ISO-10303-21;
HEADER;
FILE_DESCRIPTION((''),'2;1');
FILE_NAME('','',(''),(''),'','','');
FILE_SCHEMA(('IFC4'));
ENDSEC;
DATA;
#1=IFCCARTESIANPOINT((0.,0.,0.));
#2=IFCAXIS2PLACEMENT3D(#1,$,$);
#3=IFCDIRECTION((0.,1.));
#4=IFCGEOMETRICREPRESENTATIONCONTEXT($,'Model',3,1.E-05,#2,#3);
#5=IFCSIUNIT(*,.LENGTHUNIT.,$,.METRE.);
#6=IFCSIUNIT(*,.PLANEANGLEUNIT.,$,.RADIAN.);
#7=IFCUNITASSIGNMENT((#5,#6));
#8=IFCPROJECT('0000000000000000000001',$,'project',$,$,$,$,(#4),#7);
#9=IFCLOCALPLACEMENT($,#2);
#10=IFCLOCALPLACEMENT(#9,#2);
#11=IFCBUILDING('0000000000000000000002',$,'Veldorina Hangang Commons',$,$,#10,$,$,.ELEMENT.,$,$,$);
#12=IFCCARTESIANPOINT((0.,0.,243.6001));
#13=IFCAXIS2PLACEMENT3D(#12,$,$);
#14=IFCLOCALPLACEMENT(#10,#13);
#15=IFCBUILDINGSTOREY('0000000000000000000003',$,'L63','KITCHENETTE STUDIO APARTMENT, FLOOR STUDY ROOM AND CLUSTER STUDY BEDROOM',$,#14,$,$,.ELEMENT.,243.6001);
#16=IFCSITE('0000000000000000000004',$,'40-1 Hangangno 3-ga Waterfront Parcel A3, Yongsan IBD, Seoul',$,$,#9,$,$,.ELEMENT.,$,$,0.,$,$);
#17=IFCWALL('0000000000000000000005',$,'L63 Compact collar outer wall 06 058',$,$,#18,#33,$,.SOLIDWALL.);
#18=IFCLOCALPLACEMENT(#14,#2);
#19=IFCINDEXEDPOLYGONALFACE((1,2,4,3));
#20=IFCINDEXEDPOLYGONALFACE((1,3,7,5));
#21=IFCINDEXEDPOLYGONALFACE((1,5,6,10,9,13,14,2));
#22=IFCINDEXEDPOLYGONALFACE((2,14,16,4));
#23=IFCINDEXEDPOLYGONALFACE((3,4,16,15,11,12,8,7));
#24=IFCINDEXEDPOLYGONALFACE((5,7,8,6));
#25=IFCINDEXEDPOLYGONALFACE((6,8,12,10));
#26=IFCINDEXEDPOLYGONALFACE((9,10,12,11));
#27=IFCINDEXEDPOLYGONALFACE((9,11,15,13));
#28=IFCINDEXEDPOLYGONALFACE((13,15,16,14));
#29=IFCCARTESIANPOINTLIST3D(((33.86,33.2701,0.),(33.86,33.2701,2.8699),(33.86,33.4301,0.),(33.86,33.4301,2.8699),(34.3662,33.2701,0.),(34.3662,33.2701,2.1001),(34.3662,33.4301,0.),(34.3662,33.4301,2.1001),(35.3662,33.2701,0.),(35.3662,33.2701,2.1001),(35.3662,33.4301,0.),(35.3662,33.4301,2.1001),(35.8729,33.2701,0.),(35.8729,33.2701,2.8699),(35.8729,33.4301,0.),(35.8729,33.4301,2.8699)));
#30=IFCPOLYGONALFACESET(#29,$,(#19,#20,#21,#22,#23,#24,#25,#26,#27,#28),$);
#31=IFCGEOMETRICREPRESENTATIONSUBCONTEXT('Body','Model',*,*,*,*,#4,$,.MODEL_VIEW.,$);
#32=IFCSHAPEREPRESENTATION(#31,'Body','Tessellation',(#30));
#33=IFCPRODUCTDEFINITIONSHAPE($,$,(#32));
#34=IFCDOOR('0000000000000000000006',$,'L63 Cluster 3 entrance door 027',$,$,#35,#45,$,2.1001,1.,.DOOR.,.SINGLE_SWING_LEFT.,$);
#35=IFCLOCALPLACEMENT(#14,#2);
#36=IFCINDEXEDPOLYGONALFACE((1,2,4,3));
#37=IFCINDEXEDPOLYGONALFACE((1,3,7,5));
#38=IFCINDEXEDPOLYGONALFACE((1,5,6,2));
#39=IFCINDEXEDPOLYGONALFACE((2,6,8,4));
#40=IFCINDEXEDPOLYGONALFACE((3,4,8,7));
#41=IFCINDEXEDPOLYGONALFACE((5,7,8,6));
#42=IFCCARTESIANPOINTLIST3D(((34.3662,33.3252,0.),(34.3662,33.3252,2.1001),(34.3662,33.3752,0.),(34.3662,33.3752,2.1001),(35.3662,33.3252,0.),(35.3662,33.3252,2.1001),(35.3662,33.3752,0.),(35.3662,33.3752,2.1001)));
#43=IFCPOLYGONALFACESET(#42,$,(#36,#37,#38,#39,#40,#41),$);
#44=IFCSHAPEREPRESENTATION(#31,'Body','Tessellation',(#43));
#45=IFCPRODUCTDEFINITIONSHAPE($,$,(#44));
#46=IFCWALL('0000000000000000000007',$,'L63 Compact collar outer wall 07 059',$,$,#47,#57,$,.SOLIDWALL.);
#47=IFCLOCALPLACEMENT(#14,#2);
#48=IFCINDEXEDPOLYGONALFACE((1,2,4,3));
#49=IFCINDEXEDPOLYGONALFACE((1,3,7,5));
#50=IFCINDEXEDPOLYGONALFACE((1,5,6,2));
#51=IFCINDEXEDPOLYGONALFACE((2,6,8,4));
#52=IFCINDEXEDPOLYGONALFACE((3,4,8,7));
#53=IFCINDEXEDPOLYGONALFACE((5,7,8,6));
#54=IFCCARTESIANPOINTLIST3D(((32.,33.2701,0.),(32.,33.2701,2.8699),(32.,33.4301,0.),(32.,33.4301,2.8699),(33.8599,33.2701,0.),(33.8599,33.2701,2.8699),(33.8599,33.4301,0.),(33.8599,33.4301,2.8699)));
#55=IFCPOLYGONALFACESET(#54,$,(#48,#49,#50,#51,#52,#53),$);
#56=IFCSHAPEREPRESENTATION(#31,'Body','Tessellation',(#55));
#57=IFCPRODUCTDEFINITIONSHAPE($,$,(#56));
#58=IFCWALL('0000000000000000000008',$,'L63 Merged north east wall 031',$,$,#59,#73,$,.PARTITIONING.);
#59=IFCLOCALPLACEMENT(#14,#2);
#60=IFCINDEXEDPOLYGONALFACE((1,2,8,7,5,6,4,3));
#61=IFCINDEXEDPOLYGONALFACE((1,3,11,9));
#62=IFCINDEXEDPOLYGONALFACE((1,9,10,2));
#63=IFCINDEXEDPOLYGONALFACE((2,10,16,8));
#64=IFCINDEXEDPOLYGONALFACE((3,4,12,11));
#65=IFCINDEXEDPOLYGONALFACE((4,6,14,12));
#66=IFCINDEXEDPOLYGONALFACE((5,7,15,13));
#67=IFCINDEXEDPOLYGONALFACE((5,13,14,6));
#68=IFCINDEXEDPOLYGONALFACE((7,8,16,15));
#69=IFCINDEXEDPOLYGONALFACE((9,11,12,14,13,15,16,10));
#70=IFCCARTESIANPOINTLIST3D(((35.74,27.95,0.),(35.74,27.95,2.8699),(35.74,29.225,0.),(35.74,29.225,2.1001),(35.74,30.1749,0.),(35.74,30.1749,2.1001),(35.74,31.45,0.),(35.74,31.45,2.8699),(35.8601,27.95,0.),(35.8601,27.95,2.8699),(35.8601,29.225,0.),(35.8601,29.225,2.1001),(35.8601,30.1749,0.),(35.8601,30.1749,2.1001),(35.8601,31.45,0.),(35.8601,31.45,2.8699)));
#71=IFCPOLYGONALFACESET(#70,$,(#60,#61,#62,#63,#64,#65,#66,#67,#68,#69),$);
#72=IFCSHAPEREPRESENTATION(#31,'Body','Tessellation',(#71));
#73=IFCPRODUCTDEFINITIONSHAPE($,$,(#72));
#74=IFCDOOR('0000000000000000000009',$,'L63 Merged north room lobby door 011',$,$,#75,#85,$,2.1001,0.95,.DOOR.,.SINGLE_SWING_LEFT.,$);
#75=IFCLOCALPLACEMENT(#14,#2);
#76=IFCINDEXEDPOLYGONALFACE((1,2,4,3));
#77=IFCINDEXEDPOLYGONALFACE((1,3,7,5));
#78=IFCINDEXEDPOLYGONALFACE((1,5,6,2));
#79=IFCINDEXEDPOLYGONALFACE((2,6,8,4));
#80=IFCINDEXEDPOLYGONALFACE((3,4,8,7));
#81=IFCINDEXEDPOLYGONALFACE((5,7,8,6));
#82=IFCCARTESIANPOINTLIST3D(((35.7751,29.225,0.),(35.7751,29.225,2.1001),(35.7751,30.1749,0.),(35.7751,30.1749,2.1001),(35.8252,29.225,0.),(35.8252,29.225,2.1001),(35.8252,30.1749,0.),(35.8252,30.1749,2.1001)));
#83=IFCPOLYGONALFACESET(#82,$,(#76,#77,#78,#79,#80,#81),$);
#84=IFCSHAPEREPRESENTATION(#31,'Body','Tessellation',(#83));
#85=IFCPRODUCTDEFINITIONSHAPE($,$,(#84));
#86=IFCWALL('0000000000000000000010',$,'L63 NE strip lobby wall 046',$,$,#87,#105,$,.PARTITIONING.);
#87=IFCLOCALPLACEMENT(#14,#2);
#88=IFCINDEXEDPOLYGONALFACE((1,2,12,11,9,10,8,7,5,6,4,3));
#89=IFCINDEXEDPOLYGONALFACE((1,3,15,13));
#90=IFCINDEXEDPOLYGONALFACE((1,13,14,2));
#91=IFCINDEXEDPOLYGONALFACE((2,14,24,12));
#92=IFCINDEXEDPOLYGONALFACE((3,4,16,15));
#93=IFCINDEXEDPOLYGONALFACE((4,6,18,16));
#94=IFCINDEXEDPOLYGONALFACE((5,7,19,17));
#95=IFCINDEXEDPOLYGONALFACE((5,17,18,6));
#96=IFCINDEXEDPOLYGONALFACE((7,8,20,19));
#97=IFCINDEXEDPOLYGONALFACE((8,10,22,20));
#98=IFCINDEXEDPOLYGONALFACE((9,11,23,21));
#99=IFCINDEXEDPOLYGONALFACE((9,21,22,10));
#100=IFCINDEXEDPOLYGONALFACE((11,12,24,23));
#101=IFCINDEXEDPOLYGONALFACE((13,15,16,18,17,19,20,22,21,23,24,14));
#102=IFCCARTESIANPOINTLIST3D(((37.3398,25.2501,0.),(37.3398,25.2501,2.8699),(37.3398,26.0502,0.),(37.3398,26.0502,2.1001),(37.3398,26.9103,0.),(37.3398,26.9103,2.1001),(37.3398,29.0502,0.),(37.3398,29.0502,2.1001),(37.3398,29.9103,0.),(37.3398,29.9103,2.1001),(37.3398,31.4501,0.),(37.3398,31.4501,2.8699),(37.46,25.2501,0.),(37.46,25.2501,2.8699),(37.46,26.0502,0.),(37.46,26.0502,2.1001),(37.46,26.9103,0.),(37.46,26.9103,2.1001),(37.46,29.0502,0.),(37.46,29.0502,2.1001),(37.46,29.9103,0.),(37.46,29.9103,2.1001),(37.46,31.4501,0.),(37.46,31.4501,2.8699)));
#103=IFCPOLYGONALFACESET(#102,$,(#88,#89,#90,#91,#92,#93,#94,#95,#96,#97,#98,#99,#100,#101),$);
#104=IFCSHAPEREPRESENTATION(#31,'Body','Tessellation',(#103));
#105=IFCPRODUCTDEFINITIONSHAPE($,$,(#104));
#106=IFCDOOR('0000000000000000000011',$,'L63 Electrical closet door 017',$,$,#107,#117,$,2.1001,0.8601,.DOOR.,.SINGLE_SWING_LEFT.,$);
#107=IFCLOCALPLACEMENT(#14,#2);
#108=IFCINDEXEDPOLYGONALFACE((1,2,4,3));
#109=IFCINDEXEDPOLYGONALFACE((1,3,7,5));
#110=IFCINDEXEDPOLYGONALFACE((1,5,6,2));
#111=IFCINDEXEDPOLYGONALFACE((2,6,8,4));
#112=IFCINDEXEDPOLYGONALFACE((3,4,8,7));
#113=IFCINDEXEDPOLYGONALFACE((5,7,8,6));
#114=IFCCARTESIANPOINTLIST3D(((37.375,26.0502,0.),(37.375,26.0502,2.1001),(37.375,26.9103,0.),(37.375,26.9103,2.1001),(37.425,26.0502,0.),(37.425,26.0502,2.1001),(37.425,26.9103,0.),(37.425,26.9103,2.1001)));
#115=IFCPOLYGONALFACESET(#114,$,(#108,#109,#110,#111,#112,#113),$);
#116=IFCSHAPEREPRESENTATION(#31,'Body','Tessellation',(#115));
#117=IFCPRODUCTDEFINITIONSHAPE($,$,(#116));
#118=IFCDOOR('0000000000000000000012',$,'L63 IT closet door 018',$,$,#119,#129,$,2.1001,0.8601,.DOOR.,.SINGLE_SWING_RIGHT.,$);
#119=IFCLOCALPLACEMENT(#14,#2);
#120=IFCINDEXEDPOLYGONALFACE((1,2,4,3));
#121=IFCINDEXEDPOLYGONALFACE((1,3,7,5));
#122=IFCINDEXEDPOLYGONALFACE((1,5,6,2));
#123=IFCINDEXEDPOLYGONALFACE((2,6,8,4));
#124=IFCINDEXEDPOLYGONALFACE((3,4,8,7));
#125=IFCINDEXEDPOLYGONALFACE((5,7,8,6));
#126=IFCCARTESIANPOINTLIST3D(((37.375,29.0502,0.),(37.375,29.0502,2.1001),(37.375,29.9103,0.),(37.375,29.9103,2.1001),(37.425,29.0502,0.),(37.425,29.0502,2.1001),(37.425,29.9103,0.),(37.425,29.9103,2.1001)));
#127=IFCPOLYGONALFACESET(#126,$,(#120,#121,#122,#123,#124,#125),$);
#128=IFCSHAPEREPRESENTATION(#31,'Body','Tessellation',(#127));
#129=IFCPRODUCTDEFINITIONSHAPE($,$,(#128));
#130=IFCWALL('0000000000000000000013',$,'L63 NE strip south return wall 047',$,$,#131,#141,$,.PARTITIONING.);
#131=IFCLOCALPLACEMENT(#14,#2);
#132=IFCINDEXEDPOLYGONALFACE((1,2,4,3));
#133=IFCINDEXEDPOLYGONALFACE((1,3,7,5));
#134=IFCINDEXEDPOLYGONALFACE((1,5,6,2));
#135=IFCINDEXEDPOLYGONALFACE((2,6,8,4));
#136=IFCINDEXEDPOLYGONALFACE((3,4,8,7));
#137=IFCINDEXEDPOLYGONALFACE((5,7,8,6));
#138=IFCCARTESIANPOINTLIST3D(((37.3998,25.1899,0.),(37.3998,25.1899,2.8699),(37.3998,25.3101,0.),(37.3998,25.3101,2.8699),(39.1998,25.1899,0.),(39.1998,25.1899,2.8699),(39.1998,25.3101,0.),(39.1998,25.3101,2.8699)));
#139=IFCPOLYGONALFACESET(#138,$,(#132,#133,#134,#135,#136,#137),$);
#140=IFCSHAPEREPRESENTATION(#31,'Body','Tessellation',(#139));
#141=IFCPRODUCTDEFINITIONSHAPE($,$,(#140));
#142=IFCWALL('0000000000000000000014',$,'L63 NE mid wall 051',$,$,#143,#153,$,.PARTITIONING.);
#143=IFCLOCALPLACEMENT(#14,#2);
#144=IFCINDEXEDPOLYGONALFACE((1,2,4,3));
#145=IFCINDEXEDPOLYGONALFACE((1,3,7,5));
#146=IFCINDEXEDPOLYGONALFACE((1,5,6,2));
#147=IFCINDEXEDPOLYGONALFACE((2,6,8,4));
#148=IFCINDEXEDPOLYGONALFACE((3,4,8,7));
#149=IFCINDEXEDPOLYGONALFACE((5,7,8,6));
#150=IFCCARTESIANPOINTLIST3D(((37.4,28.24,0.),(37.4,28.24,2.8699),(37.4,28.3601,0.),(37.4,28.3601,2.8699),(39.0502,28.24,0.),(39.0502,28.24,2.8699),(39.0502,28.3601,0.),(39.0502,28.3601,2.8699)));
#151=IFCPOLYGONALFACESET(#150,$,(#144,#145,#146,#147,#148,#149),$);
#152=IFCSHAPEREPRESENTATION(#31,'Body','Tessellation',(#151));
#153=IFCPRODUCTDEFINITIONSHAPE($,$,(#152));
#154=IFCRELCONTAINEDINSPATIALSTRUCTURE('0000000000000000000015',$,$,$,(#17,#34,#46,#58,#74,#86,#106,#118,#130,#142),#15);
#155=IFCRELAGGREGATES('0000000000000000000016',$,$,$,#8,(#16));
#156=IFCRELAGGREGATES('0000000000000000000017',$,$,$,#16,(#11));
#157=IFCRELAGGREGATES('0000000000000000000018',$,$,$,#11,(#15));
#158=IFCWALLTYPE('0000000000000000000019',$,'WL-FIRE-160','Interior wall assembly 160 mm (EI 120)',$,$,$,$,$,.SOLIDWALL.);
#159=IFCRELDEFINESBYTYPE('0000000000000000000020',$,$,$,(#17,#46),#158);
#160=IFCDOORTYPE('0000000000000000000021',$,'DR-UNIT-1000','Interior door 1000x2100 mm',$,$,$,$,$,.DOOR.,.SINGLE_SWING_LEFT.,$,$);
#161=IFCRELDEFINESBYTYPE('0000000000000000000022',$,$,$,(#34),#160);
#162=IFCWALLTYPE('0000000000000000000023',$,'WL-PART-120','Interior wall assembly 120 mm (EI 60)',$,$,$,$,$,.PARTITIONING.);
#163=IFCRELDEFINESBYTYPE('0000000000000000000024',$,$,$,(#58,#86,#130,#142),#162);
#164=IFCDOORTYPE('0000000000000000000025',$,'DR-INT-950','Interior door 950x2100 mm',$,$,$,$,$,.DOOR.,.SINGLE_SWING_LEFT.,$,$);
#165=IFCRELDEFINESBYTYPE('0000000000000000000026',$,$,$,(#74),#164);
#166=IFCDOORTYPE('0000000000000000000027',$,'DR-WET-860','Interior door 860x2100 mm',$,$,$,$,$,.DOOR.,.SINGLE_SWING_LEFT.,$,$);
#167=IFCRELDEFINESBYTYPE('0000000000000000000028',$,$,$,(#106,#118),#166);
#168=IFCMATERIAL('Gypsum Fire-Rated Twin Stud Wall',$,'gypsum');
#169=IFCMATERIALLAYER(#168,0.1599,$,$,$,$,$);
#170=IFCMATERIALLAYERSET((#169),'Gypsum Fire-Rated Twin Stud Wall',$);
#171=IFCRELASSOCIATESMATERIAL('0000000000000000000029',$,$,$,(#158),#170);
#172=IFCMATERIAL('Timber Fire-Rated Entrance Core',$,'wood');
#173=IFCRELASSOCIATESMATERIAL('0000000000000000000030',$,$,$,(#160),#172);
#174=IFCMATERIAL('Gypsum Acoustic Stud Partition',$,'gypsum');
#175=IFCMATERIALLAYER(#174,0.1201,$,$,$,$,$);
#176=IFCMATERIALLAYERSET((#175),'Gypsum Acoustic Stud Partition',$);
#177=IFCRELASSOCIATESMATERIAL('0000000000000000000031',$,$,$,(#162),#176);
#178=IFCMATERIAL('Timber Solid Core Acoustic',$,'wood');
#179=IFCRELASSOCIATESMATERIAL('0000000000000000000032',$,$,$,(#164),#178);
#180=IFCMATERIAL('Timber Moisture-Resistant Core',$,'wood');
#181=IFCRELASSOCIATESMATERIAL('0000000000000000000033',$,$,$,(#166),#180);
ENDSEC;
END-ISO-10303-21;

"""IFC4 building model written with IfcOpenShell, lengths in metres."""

from ifc_helpers import new_model, si_unit, direction, frame, frame_2d, origin, place, context, subcontext, project, spatial, rectangle, extrude, material, layer, layer_set, type_object, element, fill, save


model = new_model("IFC4")

# Units and contexts
model_context = context("Model", 3, precision=1e-05, world=origin(), true_north=direction((0.0, 1.0)))
body_context = subcontext(model_context, "Body", "Model", "MODEL_VIEW")
ifc_project = project(units=[si_unit("LENGTHUNIT", "METRE"), si_unit("PLANEANGLEUNIT", "RADIAN")], contexts=[model_context])

# Site, building, storey
site_placement = place(None, origin())
site = spatial("IfcSite", under=ifc_project, at=site_placement, Name="40-1 Hangangno 3-ga Waterfront Parcel A3, Yongsan IBD, Seoul", CompositionType="ELEMENT", RefElevation=0.0)
building_placement = place(site_placement, origin())
building = spatial("IfcBuilding", under=site, at=building_placement, Name="Veldorina Hangang Commons", CompositionType="ELEMENT")
storey_placement = place(building_placement, frame((0.0, 0.0, 243.6001)))
storey = spatial("IfcBuildingStorey", under=building, at=storey_placement, Name="L63", Description="KITCHENETTE STUDIO APARTMENT, FLOOR STUDY ROOM AND CLUSTER STUDY BEDROOM", CompositionType="ELEMENT", Elevation=243.6001)

# Shared definitions
ifc_material_1 = material(Name="Gypsum Fire-Rated Twin Stud Wall", Category="gypsum")
ifc_layer_1 = layer(ifc_material_1, 0.1599)
ifc_layer_set_1 = layer_set([ifc_layer_1], Name="Gypsum Fire-Rated Twin Stud Wall")
wall_type_1 = type_object("IfcWallType", Name="WL-FIRE-160", Description="Interior wall assembly 160 mm (EI 120)", PredefinedType="SOLIDWALL", material=ifc_layer_set_1)

# Wall, opening, door
wall_1_placement = place(storey_placement, frame((35.8728, 33.3501, 0.0), z_axis=(0.0, 0.0, 1.0), x_axis=(-1.0, 0.0, 0.0)))
wall_1 = element("IfcWall", 1, at=wall_1_placement, inside=storey, type_object=wall_type_1, Name="L63 Compact collar outer wall 06 058", PredefinedType="SOLIDWALL", context=body_context, shape_type="SweptSolid", body=[
    extrude(rectangle(XDim=2.0129, YDim=0.1599, at=frame_2d((1.0063, 0.0))), origin(), (0.0, 0.0, 1.0), 2.8699),
])
opening_1_placement = place(wall_1_placement, frame((0.5066, 0.0, 0.0)))
opening_1 = element("IfcOpeningElement", 2, at=opening_1_placement, cuts=wall_1, PredefinedType="OPENING", context=body_context, shape_type="SweptSolid", body=[
    extrude(rectangle(XDim=1.0, YDim=2.1001, at=frame_2d((0.5, 1.05))), frame((0.0, 0.0898, 0.0), z_axis=(0.0, -1.0, 0.0), x_axis=(1.0, 0.0, 0.0)), (0.0, 0.0, 1.0), 0.1799),
])
ifc_material_2 = material(Name="Timber Fire-Rated Entrance Core", Category="wood")
door_type_1 = type_object("IfcDoorType", Name="DR-UNIT-1000", Description="Interior door 1000x2100 mm", OperationType="SINGLE_SWING_LEFT", PredefinedType="DOOR", material=ifc_material_2)
door_1_placement = place(opening_1_placement, origin())
door_1 = element("IfcDoor", 3, at=door_1_placement, inside=storey, type_object=door_type_1, Name="L63 Cluster 3 entrance door 027", OperationType="SINGLE_SWING_LEFT", OverallHeight=2.1001, OverallWidth=1.0, PredefinedType="DOOR", context=body_context, shape_type="SweptSolid", body=[
    extrude(rectangle(XDim=1.0, YDim=2.1001, at=frame_2d((0.5, 1.05))), frame((0.0, 0.0249, 0.0), z_axis=(0.0, -1.0, 0.0), x_axis=(1.0, 0.0, 0.0)), (0.0, 0.0, 1.0), 0.05),
])
fill(opening_1, door_1)

# Wall
wall_2_placement = place(storey_placement, frame((33.8599, 33.3501, 0.0), z_axis=(0.0, 0.0, 1.0), x_axis=(-1.0, 0.0, 0.0)))
element("IfcWall", 4, at=wall_2_placement, inside=storey, type_object=wall_type_1, Name="L63 Compact collar outer wall 07 059", PredefinedType="SOLIDWALL", context=body_context, shape_type="SweptSolid", body=[
    extrude(rectangle(XDim=1.8599, YDim=0.1599, at=frame_2d((0.9299, 0.0))), origin(), (0.0, 0.0, 1.0), 2.8699),
])

# Wall, opening, door
ifc_material_3 = material(Name="Gypsum Acoustic Stud Partition", Category="gypsum")
ifc_layer_2 = layer(ifc_material_3, 0.1201)
ifc_layer_set_2 = layer_set([ifc_layer_2], Name="Gypsum Acoustic Stud Partition")
wall_type_2 = type_object("IfcWallType", Name="WL-PART-120", Description="Interior wall assembly 120 mm (EI 60)", PredefinedType="PARTITIONING", material=ifc_layer_set_2)
wall_3_placement = place(storey_placement, frame((35.8, 27.95, 0.0), z_axis=(0.0, 0.0, 1.0), x_axis=(0.0, 1.0, 0.0)))
wall_3 = element("IfcWall", 5, at=wall_3_placement, inside=storey, type_object=wall_type_2, Name="L63 Merged north east wall 031", PredefinedType="PARTITIONING", context=body_context, shape_type="SweptSolid", body=[
    extrude(rectangle(XDim=3.5, YDim=0.1201, at=frame_2d((1.75, 0.0))), origin(), (0.0, 0.0, 1.0), 2.8699),
])
opening_2_placement = place(wall_3_placement, frame((1.2749, 0.0, 0.0)))
opening_2 = element("IfcOpeningElement", 6, at=opening_2_placement, cuts=wall_3, PredefinedType="OPENING", context=body_context, shape_type="SweptSolid", body=[
    extrude(rectangle(XDim=0.95, YDim=2.1001, at=frame_2d((0.4751, 1.05))), frame((0.0, 0.0701, 0.0), z_axis=(0.0, -1.0, 0.0), x_axis=(1.0, 0.0, 0.0)), (0.0, 0.0, 1.0), 0.1401),
])
ifc_material_4 = material(Name="Timber Solid Core Acoustic", Category="wood")
door_type_2 = type_object("IfcDoorType", Name="DR-INT-950", Description="Interior door 950x2100 mm", OperationType="SINGLE_SWING_LEFT", PredefinedType="DOOR", material=ifc_material_4)
door_2_placement = place(opening_2_placement, origin())
door_2 = element("IfcDoor", 7, at=door_2_placement, inside=storey, type_object=door_type_2, Name="L63 Merged north room lobby door 011", OperationType="SINGLE_SWING_LEFT", OverallHeight=2.1001, OverallWidth=0.95, PredefinedType="DOOR", context=body_context, shape_type="SweptSolid", body=[
    extrude(rectangle(XDim=0.95, YDim=2.1001, at=frame_2d((0.4751, 1.05))), frame((0.0, 0.0249, 0.0), z_axis=(0.0, -1.0, 0.0), x_axis=(1.0, 0.0, 0.0)), (0.0, 0.0, 1.0), 0.05),
])
fill(opening_2, door_2)

# Wall, openings, doors
wall_4_placement = place(storey_placement, frame((37.3999, 25.25, 0.0), z_axis=(0.0, 0.0, 1.0), x_axis=(0.0, 1.0, 0.0)))
wall_4 = element("IfcWall", 8, at=wall_4_placement, inside=storey, type_object=wall_type_2, Name="L63 NE strip lobby wall 046", PredefinedType="PARTITIONING", context=body_context, shape_type="SweptSolid", body=[
    extrude(rectangle(XDim=6.2, YDim=0.1201, at=frame_2d((3.1001, 0.0))), origin(), (0.0, 0.0, 1.0), 2.8699),
])
opening_3_placement = place(wall_4_placement, frame((0.8, 0.0, 0.0)))
opening_3 = element("IfcOpeningElement", 9, at=opening_3_placement, cuts=wall_4, PredefinedType="OPENING", context=body_context, shape_type="SweptSolid", body=[
    extrude(rectangle(XDim=0.8601, YDim=2.1001, at=frame_2d((0.4302, 1.05))), frame((0.0, 0.0701, 0.0), z_axis=(0.0, -1.0, 0.0), x_axis=(1.0, 0.0, 0.0)), (0.0, 0.0, 1.0), 0.1401),
])
opening_4_placement = place(wall_4_placement, frame((3.8, 0.0, 0.0)))
opening_4 = element("IfcOpeningElement", 10, at=opening_4_placement, cuts=wall_4, PredefinedType="OPENING", context=body_context, shape_type="SweptSolid", body=[
    extrude(rectangle(XDim=0.8601, YDim=2.1001, at=frame_2d((0.4302, 1.05))), frame((0.0, 0.0701, 0.0), z_axis=(0.0, -1.0, 0.0), x_axis=(1.0, 0.0, 0.0)), (0.0, 0.0, 1.0), 0.1401),
])
ifc_material_5 = material(Name="Timber Moisture-Resistant Core", Category="wood")
door_type_3 = type_object("IfcDoorType", Name="DR-WET-860", Description="Interior door 860x2100 mm", OperationType="SINGLE_SWING_LEFT", PredefinedType="DOOR", material=ifc_material_5)
door_3_placement = place(opening_3_placement, origin())
door_3 = element("IfcDoor", 11, at=door_3_placement, inside=storey, type_object=door_type_3, Name="L63 Electrical closet door 017", OperationType="SINGLE_SWING_LEFT", OverallHeight=2.1001, OverallWidth=0.8601, PredefinedType="DOOR", context=body_context, shape_type="SweptSolid", body=[
    extrude(rectangle(XDim=0.8601, YDim=2.1001, at=frame_2d((0.4302, 1.05))), frame((0.0, 0.0249, 0.0), z_axis=(0.0, -1.0, 0.0), x_axis=(1.0, 0.0, 0.0)), (0.0, 0.0, 1.0), 0.05),
])
fill(opening_3, door_3)
door_4_placement = place(opening_4_placement, origin())
door_4 = element("IfcDoor", 12, at=door_4_placement, inside=storey, type_object=door_type_3, Name="L63 IT closet door 018", OperationType="SINGLE_SWING_RIGHT", OverallHeight=2.1001, OverallWidth=0.8601, PredefinedType="DOOR", context=body_context, shape_type="SweptSolid", body=[
    extrude(rectangle(XDim=0.8601, YDim=2.1001, at=frame_2d((0.4302, 1.05))), frame((0.0, 0.0249, 0.0), z_axis=(0.0, -1.0, 0.0), x_axis=(1.0, 0.0, 0.0)), (0.0, 0.0, 1.0), 0.05),
])
fill(opening_4, door_4)

# Walls
wall_5_placement = place(storey_placement, frame((37.3999, 25.25, 0.0), z_axis=(0.0, 0.0, 1.0), x_axis=(1.0, 0.0, 0.0)))
element("IfcWall", 13, at=wall_5_placement, inside=storey, type_object=wall_type_2, Name="L63 NE strip south return wall 047", PredefinedType="PARTITIONING", context=body_context, shape_type="SweptSolid", body=[
    extrude(rectangle(XDim=1.8, YDim=0.1201, at=frame_2d((0.8999, 0.0))), origin(), (0.0, 0.0, 1.0), 2.8699),
])
wall_6_placement = place(storey_placement, frame((37.3999, 28.3, 0.0), z_axis=(0.0, 0.0, 1.0), x_axis=(1.0, 0.0, 0.0)))
element("IfcWall", 14, at=wall_6_placement, inside=storey, type_object=wall_type_2, Name="L63 NE mid wall 051", PredefinedType="PARTITIONING", context=body_context, shape_type="SweptSolid", body=[
    extrude(rectangle(XDim=1.6501, YDim=0.1201, at=frame_2d((0.8252, 0.0))), origin(), (0.0, 0.0, 1.0), 2.8699),
])

save(model, "model.ifc")
